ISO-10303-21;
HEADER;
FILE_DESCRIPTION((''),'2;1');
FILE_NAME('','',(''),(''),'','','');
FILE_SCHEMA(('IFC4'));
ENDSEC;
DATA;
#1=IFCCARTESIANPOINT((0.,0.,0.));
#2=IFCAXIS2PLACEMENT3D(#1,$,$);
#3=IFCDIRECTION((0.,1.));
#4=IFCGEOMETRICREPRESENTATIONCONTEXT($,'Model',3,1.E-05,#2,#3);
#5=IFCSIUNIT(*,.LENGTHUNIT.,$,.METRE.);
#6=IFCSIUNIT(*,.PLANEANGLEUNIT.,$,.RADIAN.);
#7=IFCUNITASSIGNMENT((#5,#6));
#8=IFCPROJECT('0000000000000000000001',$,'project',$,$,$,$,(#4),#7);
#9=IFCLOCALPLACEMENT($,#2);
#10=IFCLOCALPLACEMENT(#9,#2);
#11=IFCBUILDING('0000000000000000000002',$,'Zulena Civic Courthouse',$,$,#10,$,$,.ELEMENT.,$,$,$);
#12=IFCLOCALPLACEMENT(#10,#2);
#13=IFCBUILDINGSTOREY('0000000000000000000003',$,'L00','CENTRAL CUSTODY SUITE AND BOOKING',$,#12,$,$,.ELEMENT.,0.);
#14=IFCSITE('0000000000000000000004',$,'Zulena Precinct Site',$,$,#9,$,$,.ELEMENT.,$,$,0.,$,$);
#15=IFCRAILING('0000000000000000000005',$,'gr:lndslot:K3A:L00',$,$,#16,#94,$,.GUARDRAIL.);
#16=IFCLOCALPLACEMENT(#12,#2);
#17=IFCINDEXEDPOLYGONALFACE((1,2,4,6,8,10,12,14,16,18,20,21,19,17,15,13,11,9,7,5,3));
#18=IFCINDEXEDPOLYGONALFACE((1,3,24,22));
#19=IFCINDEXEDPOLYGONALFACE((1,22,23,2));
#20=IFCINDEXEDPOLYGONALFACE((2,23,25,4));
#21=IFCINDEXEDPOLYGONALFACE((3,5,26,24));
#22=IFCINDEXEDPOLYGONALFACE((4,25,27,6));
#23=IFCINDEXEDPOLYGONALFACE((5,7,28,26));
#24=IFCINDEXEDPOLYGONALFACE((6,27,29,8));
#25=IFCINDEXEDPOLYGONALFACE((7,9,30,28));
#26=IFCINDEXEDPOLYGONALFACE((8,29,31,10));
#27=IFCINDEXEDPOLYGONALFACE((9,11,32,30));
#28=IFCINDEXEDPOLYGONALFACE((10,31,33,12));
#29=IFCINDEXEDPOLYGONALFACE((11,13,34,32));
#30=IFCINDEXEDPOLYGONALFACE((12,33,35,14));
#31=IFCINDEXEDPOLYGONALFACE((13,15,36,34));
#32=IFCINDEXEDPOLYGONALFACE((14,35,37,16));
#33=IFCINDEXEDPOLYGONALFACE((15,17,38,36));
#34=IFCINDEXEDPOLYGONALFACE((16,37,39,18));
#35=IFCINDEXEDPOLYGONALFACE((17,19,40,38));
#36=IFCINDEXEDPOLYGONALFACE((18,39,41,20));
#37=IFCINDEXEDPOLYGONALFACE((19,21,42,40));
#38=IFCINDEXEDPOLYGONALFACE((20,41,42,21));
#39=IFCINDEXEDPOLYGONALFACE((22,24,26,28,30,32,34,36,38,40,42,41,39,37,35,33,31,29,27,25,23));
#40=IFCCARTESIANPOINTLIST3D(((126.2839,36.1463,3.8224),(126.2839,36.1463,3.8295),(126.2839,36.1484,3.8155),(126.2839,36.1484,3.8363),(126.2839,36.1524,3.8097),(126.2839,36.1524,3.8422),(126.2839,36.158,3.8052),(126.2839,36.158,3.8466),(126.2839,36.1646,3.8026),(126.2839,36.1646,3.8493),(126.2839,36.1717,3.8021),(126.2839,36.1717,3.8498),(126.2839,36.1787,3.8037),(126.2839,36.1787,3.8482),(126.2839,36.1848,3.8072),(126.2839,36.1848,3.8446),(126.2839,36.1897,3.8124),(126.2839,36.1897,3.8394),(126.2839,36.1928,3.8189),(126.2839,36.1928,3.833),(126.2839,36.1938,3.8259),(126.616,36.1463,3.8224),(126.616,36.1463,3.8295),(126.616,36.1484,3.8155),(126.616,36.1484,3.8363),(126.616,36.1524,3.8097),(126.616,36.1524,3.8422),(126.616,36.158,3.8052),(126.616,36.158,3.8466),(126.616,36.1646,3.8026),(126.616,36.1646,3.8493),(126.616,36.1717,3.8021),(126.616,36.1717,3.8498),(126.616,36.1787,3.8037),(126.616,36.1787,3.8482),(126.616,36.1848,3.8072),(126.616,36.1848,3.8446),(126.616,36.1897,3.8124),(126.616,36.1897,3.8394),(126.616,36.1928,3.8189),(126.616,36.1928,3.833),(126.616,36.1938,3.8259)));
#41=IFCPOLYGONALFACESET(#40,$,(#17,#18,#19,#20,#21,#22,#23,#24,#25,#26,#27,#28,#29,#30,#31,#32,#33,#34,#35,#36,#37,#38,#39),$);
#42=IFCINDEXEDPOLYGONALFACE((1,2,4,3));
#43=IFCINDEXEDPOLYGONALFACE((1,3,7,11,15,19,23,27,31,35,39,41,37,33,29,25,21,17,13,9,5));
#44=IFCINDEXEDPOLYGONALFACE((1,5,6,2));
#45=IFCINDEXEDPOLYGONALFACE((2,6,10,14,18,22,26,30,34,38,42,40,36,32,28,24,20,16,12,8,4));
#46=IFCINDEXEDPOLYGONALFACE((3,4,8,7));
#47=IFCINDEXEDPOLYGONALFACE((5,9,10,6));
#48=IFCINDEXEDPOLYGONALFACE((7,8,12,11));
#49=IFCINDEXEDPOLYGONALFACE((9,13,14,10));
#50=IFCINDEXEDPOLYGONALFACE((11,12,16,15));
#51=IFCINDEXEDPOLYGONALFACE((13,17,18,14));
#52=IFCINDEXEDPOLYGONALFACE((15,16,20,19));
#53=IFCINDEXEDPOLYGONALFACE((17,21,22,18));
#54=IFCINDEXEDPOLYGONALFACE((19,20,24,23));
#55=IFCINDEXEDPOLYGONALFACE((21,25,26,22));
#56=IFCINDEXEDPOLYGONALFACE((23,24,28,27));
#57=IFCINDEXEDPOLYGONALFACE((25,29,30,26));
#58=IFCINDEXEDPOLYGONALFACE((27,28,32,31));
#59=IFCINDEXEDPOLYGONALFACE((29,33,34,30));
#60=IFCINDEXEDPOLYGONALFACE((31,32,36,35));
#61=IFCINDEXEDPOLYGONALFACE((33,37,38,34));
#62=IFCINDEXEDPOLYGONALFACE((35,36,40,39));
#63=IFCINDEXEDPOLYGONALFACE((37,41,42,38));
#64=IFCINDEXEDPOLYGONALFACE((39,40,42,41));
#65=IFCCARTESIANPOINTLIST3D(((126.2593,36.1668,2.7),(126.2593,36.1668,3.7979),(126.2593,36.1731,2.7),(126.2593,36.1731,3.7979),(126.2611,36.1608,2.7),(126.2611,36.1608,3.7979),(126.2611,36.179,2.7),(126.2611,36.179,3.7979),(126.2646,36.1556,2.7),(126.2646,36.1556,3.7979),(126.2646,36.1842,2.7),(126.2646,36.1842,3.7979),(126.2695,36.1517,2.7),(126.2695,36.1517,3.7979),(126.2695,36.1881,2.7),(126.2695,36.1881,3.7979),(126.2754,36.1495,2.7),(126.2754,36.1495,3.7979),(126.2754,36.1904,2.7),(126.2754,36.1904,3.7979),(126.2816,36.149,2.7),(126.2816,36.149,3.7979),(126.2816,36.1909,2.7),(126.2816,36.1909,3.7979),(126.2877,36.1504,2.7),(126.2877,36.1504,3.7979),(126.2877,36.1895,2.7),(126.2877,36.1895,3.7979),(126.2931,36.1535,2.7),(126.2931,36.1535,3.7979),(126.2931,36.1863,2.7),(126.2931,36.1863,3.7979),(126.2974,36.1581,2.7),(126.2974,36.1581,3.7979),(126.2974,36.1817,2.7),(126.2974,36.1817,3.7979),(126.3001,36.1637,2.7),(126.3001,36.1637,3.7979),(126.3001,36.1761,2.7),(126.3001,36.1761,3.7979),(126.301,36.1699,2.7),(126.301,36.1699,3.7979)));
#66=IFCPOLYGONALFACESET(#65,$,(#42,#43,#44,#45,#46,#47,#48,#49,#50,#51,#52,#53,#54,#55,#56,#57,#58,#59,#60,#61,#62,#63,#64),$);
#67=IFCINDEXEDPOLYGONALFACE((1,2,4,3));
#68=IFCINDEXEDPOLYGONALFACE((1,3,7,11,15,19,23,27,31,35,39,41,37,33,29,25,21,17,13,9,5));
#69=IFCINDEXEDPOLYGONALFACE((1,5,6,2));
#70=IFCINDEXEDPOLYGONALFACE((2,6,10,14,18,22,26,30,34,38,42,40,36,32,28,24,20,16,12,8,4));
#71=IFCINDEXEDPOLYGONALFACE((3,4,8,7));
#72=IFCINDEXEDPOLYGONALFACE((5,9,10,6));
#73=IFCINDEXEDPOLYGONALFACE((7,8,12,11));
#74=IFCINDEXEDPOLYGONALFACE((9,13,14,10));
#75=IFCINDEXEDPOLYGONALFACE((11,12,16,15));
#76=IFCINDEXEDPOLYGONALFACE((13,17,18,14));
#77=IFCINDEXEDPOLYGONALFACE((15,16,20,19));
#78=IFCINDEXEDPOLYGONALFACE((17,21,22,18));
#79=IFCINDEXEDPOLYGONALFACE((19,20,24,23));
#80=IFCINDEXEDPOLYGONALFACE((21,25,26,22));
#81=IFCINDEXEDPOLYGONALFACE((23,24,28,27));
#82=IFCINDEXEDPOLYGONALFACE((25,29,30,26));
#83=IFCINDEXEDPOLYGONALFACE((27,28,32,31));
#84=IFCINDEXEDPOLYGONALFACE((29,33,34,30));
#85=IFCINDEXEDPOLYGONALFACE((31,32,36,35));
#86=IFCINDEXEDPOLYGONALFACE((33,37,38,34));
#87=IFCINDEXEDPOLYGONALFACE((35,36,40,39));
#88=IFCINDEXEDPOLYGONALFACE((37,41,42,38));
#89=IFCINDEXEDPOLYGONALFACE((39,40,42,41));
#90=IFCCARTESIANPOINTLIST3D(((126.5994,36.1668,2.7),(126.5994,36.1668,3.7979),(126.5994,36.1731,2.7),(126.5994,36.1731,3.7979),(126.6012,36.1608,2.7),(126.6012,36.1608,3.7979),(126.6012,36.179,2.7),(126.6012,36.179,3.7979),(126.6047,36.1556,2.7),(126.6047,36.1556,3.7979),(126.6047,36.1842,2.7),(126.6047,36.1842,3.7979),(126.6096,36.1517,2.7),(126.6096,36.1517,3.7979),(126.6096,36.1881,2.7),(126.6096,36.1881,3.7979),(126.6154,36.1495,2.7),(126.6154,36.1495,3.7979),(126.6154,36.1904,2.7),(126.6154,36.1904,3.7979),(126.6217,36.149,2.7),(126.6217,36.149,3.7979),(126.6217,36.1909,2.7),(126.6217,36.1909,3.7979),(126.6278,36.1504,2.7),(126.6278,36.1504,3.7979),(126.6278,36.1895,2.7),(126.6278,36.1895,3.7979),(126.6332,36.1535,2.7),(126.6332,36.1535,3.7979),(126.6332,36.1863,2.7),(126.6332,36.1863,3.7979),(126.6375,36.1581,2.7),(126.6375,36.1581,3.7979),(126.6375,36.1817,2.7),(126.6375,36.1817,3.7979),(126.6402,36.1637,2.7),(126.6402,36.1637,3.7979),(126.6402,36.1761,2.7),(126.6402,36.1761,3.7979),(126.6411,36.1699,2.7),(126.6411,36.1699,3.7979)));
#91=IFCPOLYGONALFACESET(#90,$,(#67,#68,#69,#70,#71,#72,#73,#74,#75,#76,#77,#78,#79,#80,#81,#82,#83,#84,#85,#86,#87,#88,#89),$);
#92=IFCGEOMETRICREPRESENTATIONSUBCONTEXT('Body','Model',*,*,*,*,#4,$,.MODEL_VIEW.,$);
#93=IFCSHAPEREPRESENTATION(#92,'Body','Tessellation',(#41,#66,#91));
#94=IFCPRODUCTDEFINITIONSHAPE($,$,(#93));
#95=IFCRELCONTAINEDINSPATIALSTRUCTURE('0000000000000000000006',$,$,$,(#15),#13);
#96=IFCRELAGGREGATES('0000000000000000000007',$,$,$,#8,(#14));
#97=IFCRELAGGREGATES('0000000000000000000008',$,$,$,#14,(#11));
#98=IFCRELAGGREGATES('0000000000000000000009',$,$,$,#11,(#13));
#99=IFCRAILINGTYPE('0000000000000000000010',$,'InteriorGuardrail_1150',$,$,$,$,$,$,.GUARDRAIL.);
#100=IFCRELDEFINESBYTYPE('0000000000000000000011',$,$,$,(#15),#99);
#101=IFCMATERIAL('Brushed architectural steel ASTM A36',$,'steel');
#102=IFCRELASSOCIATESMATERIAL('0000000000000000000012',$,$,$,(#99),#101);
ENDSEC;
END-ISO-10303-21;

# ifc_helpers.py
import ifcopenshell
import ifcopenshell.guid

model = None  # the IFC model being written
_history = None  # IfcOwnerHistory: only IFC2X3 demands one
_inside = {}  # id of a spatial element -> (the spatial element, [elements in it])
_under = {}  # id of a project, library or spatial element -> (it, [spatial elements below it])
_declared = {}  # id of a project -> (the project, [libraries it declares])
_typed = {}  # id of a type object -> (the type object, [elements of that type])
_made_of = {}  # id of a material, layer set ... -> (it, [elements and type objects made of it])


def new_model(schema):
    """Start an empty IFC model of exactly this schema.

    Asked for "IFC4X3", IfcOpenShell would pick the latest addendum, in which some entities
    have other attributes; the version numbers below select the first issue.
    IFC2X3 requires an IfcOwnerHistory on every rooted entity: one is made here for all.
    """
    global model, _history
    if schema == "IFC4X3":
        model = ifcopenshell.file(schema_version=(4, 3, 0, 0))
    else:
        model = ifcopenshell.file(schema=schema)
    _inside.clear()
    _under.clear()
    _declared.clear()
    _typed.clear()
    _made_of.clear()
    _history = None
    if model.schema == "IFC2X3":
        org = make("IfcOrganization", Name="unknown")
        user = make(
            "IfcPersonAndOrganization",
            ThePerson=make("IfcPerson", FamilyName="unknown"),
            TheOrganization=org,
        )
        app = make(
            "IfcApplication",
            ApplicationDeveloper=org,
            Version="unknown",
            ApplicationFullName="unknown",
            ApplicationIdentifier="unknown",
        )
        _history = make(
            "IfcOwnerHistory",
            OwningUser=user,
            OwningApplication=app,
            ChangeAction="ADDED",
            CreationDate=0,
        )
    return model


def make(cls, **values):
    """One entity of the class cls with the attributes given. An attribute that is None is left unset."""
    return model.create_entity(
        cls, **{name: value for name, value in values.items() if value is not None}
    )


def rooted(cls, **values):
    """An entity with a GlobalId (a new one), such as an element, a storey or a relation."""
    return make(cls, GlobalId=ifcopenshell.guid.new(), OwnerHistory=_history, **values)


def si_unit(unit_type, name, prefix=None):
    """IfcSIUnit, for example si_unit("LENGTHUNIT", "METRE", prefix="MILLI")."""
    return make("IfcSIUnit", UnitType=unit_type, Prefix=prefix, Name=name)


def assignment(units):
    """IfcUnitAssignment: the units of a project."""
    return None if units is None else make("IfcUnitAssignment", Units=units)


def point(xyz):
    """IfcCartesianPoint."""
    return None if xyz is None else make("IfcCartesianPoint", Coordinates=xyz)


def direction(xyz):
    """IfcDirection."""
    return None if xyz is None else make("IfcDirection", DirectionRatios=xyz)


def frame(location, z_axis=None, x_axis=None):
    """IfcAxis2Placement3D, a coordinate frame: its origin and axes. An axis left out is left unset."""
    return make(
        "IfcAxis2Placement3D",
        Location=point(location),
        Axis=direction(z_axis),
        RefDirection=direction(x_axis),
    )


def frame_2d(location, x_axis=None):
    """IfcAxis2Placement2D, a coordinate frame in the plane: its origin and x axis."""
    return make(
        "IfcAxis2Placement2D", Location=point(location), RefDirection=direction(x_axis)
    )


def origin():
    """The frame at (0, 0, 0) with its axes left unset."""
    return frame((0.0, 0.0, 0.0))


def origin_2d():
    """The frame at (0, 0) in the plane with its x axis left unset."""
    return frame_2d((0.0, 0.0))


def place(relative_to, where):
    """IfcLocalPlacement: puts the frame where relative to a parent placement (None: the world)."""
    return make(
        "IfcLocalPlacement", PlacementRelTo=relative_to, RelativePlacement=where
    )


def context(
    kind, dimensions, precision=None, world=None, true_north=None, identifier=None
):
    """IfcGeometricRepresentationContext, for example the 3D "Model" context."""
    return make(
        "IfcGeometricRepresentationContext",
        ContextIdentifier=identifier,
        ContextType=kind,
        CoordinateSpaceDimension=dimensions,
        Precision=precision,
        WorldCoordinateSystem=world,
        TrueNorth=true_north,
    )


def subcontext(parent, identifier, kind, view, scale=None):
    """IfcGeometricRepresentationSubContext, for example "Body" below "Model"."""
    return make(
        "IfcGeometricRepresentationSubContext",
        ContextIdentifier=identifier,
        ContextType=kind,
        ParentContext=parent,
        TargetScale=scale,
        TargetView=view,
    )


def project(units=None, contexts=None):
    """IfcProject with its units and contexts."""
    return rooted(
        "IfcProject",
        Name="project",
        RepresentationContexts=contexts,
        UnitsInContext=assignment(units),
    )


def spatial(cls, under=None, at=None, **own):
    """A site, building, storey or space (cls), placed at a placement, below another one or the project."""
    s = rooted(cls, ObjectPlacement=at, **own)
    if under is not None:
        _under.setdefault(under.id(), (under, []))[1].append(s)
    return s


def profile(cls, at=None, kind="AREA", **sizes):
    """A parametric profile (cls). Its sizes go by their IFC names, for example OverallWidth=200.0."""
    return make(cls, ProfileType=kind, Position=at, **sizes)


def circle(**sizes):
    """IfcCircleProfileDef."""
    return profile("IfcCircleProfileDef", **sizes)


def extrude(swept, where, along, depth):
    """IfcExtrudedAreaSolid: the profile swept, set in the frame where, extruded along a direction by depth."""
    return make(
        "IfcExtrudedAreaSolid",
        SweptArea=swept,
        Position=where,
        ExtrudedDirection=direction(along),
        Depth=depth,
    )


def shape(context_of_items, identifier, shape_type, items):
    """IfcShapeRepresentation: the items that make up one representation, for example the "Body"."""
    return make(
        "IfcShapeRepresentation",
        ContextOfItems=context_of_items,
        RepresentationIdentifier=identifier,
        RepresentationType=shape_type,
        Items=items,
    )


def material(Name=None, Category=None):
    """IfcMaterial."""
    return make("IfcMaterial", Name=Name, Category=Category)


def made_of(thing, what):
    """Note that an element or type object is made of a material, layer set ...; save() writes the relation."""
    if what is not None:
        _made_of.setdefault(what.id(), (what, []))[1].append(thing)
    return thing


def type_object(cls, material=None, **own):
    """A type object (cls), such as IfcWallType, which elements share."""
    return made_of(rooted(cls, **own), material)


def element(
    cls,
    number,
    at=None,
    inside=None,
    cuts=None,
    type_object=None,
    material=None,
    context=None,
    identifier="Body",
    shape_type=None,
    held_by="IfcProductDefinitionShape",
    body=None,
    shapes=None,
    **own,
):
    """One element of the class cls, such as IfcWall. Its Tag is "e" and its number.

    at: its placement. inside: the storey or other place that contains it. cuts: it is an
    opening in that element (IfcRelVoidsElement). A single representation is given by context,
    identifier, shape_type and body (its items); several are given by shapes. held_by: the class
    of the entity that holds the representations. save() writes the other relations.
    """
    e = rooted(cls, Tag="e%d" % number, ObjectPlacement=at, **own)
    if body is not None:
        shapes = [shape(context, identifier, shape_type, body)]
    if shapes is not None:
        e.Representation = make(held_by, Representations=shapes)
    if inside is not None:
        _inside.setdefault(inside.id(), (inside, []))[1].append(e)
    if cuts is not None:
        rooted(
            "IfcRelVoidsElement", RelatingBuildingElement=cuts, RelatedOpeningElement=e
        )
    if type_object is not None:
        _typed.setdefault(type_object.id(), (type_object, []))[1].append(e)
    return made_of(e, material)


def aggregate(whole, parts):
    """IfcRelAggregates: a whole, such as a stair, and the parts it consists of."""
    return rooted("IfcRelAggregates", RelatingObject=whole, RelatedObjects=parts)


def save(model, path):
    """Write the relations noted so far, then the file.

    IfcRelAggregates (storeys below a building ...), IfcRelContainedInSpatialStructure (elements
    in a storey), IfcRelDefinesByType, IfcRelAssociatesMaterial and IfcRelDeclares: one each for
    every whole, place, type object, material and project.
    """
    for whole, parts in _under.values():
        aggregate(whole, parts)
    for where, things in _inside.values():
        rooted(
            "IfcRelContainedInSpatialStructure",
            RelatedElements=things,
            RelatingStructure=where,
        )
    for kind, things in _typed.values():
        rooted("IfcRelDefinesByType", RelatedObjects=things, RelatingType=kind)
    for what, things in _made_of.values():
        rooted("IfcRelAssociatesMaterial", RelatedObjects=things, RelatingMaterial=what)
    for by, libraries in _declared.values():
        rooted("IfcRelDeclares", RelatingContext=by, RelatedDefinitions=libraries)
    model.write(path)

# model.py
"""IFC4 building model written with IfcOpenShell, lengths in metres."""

from ifc_helpers import new_model, si_unit, direction, frame, origin, origin_2d, place, context, subcontext, project, spatial, circle, extrude, material, type_object, element, save


model = new_model("IFC4")

# Units and contexts
model_context = context("Model", 3, precision=1e-05, world=origin(), true_north=direction((0.0, 1.0)))
body_context = subcontext(model_context, "Body", "Model", "MODEL_VIEW")
ifc_project = project(units=[si_unit("LENGTHUNIT", "METRE"), si_unit("PLANEANGLEUNIT", "RADIAN")], contexts=[model_context])

# Site, building, storey
site_placement = place(None, origin())
site = spatial("IfcSite", under=ifc_project, at=site_placement, Name="Zulena Precinct Site", CompositionType="ELEMENT", RefElevation=0.0)
building_placement = place(site_placement, origin())
building = spatial("IfcBuilding", under=site, at=building_placement, Name="Zulena Civic Courthouse", CompositionType="ELEMENT")
storey_placement = place(building_placement, origin())
storey = spatial("IfcBuildingStorey", under=building, at=storey_placement, Name="L00", Description="CENTRAL CUSTODY SUITE AND BOOKING", CompositionType="ELEMENT", Elevation=0.0)

# Railing
ifc_material_1 = material(Name="Brushed architectural steel ASTM A36", Category="steel")
railing_type_1 = type_object("IfcRailingType", Name="InteriorGuardrail_1150", PredefinedType="GUARDRAIL", material=ifc_material_1)
railing_1_placement = place(storey_placement, frame((126.28, 36.1699, 2.7)))
element("IfcRailing", 1, at=railing_1_placement, inside=storey, type_object=railing_type_1, Name="gr:lndslot:K3A:L00", PredefinedType="GUARDRAIL", context=body_context, shape_type="SweptSolid", body=[
    extrude(circle(Radius=0.0239, at=origin_2d()), frame((0.0039, 0.0, 1.126), z_axis=(1.0, 0.0, 0.0), x_axis=(0.0, 1.0, 0.0)), (0.0, 0.0, 1.0), 0.332),
    extrude(circle(Radius=0.021, at=origin_2d()), origin(), (0.0, 0.0, 1.0), 1.0979),
    extrude(circle(Radius=0.021, at=origin_2d()), frame((0.3401, 0.0, 0.0)), (0.0, 0.0, 1.0), 1.0979),
])

save(model, "model.ifc")
